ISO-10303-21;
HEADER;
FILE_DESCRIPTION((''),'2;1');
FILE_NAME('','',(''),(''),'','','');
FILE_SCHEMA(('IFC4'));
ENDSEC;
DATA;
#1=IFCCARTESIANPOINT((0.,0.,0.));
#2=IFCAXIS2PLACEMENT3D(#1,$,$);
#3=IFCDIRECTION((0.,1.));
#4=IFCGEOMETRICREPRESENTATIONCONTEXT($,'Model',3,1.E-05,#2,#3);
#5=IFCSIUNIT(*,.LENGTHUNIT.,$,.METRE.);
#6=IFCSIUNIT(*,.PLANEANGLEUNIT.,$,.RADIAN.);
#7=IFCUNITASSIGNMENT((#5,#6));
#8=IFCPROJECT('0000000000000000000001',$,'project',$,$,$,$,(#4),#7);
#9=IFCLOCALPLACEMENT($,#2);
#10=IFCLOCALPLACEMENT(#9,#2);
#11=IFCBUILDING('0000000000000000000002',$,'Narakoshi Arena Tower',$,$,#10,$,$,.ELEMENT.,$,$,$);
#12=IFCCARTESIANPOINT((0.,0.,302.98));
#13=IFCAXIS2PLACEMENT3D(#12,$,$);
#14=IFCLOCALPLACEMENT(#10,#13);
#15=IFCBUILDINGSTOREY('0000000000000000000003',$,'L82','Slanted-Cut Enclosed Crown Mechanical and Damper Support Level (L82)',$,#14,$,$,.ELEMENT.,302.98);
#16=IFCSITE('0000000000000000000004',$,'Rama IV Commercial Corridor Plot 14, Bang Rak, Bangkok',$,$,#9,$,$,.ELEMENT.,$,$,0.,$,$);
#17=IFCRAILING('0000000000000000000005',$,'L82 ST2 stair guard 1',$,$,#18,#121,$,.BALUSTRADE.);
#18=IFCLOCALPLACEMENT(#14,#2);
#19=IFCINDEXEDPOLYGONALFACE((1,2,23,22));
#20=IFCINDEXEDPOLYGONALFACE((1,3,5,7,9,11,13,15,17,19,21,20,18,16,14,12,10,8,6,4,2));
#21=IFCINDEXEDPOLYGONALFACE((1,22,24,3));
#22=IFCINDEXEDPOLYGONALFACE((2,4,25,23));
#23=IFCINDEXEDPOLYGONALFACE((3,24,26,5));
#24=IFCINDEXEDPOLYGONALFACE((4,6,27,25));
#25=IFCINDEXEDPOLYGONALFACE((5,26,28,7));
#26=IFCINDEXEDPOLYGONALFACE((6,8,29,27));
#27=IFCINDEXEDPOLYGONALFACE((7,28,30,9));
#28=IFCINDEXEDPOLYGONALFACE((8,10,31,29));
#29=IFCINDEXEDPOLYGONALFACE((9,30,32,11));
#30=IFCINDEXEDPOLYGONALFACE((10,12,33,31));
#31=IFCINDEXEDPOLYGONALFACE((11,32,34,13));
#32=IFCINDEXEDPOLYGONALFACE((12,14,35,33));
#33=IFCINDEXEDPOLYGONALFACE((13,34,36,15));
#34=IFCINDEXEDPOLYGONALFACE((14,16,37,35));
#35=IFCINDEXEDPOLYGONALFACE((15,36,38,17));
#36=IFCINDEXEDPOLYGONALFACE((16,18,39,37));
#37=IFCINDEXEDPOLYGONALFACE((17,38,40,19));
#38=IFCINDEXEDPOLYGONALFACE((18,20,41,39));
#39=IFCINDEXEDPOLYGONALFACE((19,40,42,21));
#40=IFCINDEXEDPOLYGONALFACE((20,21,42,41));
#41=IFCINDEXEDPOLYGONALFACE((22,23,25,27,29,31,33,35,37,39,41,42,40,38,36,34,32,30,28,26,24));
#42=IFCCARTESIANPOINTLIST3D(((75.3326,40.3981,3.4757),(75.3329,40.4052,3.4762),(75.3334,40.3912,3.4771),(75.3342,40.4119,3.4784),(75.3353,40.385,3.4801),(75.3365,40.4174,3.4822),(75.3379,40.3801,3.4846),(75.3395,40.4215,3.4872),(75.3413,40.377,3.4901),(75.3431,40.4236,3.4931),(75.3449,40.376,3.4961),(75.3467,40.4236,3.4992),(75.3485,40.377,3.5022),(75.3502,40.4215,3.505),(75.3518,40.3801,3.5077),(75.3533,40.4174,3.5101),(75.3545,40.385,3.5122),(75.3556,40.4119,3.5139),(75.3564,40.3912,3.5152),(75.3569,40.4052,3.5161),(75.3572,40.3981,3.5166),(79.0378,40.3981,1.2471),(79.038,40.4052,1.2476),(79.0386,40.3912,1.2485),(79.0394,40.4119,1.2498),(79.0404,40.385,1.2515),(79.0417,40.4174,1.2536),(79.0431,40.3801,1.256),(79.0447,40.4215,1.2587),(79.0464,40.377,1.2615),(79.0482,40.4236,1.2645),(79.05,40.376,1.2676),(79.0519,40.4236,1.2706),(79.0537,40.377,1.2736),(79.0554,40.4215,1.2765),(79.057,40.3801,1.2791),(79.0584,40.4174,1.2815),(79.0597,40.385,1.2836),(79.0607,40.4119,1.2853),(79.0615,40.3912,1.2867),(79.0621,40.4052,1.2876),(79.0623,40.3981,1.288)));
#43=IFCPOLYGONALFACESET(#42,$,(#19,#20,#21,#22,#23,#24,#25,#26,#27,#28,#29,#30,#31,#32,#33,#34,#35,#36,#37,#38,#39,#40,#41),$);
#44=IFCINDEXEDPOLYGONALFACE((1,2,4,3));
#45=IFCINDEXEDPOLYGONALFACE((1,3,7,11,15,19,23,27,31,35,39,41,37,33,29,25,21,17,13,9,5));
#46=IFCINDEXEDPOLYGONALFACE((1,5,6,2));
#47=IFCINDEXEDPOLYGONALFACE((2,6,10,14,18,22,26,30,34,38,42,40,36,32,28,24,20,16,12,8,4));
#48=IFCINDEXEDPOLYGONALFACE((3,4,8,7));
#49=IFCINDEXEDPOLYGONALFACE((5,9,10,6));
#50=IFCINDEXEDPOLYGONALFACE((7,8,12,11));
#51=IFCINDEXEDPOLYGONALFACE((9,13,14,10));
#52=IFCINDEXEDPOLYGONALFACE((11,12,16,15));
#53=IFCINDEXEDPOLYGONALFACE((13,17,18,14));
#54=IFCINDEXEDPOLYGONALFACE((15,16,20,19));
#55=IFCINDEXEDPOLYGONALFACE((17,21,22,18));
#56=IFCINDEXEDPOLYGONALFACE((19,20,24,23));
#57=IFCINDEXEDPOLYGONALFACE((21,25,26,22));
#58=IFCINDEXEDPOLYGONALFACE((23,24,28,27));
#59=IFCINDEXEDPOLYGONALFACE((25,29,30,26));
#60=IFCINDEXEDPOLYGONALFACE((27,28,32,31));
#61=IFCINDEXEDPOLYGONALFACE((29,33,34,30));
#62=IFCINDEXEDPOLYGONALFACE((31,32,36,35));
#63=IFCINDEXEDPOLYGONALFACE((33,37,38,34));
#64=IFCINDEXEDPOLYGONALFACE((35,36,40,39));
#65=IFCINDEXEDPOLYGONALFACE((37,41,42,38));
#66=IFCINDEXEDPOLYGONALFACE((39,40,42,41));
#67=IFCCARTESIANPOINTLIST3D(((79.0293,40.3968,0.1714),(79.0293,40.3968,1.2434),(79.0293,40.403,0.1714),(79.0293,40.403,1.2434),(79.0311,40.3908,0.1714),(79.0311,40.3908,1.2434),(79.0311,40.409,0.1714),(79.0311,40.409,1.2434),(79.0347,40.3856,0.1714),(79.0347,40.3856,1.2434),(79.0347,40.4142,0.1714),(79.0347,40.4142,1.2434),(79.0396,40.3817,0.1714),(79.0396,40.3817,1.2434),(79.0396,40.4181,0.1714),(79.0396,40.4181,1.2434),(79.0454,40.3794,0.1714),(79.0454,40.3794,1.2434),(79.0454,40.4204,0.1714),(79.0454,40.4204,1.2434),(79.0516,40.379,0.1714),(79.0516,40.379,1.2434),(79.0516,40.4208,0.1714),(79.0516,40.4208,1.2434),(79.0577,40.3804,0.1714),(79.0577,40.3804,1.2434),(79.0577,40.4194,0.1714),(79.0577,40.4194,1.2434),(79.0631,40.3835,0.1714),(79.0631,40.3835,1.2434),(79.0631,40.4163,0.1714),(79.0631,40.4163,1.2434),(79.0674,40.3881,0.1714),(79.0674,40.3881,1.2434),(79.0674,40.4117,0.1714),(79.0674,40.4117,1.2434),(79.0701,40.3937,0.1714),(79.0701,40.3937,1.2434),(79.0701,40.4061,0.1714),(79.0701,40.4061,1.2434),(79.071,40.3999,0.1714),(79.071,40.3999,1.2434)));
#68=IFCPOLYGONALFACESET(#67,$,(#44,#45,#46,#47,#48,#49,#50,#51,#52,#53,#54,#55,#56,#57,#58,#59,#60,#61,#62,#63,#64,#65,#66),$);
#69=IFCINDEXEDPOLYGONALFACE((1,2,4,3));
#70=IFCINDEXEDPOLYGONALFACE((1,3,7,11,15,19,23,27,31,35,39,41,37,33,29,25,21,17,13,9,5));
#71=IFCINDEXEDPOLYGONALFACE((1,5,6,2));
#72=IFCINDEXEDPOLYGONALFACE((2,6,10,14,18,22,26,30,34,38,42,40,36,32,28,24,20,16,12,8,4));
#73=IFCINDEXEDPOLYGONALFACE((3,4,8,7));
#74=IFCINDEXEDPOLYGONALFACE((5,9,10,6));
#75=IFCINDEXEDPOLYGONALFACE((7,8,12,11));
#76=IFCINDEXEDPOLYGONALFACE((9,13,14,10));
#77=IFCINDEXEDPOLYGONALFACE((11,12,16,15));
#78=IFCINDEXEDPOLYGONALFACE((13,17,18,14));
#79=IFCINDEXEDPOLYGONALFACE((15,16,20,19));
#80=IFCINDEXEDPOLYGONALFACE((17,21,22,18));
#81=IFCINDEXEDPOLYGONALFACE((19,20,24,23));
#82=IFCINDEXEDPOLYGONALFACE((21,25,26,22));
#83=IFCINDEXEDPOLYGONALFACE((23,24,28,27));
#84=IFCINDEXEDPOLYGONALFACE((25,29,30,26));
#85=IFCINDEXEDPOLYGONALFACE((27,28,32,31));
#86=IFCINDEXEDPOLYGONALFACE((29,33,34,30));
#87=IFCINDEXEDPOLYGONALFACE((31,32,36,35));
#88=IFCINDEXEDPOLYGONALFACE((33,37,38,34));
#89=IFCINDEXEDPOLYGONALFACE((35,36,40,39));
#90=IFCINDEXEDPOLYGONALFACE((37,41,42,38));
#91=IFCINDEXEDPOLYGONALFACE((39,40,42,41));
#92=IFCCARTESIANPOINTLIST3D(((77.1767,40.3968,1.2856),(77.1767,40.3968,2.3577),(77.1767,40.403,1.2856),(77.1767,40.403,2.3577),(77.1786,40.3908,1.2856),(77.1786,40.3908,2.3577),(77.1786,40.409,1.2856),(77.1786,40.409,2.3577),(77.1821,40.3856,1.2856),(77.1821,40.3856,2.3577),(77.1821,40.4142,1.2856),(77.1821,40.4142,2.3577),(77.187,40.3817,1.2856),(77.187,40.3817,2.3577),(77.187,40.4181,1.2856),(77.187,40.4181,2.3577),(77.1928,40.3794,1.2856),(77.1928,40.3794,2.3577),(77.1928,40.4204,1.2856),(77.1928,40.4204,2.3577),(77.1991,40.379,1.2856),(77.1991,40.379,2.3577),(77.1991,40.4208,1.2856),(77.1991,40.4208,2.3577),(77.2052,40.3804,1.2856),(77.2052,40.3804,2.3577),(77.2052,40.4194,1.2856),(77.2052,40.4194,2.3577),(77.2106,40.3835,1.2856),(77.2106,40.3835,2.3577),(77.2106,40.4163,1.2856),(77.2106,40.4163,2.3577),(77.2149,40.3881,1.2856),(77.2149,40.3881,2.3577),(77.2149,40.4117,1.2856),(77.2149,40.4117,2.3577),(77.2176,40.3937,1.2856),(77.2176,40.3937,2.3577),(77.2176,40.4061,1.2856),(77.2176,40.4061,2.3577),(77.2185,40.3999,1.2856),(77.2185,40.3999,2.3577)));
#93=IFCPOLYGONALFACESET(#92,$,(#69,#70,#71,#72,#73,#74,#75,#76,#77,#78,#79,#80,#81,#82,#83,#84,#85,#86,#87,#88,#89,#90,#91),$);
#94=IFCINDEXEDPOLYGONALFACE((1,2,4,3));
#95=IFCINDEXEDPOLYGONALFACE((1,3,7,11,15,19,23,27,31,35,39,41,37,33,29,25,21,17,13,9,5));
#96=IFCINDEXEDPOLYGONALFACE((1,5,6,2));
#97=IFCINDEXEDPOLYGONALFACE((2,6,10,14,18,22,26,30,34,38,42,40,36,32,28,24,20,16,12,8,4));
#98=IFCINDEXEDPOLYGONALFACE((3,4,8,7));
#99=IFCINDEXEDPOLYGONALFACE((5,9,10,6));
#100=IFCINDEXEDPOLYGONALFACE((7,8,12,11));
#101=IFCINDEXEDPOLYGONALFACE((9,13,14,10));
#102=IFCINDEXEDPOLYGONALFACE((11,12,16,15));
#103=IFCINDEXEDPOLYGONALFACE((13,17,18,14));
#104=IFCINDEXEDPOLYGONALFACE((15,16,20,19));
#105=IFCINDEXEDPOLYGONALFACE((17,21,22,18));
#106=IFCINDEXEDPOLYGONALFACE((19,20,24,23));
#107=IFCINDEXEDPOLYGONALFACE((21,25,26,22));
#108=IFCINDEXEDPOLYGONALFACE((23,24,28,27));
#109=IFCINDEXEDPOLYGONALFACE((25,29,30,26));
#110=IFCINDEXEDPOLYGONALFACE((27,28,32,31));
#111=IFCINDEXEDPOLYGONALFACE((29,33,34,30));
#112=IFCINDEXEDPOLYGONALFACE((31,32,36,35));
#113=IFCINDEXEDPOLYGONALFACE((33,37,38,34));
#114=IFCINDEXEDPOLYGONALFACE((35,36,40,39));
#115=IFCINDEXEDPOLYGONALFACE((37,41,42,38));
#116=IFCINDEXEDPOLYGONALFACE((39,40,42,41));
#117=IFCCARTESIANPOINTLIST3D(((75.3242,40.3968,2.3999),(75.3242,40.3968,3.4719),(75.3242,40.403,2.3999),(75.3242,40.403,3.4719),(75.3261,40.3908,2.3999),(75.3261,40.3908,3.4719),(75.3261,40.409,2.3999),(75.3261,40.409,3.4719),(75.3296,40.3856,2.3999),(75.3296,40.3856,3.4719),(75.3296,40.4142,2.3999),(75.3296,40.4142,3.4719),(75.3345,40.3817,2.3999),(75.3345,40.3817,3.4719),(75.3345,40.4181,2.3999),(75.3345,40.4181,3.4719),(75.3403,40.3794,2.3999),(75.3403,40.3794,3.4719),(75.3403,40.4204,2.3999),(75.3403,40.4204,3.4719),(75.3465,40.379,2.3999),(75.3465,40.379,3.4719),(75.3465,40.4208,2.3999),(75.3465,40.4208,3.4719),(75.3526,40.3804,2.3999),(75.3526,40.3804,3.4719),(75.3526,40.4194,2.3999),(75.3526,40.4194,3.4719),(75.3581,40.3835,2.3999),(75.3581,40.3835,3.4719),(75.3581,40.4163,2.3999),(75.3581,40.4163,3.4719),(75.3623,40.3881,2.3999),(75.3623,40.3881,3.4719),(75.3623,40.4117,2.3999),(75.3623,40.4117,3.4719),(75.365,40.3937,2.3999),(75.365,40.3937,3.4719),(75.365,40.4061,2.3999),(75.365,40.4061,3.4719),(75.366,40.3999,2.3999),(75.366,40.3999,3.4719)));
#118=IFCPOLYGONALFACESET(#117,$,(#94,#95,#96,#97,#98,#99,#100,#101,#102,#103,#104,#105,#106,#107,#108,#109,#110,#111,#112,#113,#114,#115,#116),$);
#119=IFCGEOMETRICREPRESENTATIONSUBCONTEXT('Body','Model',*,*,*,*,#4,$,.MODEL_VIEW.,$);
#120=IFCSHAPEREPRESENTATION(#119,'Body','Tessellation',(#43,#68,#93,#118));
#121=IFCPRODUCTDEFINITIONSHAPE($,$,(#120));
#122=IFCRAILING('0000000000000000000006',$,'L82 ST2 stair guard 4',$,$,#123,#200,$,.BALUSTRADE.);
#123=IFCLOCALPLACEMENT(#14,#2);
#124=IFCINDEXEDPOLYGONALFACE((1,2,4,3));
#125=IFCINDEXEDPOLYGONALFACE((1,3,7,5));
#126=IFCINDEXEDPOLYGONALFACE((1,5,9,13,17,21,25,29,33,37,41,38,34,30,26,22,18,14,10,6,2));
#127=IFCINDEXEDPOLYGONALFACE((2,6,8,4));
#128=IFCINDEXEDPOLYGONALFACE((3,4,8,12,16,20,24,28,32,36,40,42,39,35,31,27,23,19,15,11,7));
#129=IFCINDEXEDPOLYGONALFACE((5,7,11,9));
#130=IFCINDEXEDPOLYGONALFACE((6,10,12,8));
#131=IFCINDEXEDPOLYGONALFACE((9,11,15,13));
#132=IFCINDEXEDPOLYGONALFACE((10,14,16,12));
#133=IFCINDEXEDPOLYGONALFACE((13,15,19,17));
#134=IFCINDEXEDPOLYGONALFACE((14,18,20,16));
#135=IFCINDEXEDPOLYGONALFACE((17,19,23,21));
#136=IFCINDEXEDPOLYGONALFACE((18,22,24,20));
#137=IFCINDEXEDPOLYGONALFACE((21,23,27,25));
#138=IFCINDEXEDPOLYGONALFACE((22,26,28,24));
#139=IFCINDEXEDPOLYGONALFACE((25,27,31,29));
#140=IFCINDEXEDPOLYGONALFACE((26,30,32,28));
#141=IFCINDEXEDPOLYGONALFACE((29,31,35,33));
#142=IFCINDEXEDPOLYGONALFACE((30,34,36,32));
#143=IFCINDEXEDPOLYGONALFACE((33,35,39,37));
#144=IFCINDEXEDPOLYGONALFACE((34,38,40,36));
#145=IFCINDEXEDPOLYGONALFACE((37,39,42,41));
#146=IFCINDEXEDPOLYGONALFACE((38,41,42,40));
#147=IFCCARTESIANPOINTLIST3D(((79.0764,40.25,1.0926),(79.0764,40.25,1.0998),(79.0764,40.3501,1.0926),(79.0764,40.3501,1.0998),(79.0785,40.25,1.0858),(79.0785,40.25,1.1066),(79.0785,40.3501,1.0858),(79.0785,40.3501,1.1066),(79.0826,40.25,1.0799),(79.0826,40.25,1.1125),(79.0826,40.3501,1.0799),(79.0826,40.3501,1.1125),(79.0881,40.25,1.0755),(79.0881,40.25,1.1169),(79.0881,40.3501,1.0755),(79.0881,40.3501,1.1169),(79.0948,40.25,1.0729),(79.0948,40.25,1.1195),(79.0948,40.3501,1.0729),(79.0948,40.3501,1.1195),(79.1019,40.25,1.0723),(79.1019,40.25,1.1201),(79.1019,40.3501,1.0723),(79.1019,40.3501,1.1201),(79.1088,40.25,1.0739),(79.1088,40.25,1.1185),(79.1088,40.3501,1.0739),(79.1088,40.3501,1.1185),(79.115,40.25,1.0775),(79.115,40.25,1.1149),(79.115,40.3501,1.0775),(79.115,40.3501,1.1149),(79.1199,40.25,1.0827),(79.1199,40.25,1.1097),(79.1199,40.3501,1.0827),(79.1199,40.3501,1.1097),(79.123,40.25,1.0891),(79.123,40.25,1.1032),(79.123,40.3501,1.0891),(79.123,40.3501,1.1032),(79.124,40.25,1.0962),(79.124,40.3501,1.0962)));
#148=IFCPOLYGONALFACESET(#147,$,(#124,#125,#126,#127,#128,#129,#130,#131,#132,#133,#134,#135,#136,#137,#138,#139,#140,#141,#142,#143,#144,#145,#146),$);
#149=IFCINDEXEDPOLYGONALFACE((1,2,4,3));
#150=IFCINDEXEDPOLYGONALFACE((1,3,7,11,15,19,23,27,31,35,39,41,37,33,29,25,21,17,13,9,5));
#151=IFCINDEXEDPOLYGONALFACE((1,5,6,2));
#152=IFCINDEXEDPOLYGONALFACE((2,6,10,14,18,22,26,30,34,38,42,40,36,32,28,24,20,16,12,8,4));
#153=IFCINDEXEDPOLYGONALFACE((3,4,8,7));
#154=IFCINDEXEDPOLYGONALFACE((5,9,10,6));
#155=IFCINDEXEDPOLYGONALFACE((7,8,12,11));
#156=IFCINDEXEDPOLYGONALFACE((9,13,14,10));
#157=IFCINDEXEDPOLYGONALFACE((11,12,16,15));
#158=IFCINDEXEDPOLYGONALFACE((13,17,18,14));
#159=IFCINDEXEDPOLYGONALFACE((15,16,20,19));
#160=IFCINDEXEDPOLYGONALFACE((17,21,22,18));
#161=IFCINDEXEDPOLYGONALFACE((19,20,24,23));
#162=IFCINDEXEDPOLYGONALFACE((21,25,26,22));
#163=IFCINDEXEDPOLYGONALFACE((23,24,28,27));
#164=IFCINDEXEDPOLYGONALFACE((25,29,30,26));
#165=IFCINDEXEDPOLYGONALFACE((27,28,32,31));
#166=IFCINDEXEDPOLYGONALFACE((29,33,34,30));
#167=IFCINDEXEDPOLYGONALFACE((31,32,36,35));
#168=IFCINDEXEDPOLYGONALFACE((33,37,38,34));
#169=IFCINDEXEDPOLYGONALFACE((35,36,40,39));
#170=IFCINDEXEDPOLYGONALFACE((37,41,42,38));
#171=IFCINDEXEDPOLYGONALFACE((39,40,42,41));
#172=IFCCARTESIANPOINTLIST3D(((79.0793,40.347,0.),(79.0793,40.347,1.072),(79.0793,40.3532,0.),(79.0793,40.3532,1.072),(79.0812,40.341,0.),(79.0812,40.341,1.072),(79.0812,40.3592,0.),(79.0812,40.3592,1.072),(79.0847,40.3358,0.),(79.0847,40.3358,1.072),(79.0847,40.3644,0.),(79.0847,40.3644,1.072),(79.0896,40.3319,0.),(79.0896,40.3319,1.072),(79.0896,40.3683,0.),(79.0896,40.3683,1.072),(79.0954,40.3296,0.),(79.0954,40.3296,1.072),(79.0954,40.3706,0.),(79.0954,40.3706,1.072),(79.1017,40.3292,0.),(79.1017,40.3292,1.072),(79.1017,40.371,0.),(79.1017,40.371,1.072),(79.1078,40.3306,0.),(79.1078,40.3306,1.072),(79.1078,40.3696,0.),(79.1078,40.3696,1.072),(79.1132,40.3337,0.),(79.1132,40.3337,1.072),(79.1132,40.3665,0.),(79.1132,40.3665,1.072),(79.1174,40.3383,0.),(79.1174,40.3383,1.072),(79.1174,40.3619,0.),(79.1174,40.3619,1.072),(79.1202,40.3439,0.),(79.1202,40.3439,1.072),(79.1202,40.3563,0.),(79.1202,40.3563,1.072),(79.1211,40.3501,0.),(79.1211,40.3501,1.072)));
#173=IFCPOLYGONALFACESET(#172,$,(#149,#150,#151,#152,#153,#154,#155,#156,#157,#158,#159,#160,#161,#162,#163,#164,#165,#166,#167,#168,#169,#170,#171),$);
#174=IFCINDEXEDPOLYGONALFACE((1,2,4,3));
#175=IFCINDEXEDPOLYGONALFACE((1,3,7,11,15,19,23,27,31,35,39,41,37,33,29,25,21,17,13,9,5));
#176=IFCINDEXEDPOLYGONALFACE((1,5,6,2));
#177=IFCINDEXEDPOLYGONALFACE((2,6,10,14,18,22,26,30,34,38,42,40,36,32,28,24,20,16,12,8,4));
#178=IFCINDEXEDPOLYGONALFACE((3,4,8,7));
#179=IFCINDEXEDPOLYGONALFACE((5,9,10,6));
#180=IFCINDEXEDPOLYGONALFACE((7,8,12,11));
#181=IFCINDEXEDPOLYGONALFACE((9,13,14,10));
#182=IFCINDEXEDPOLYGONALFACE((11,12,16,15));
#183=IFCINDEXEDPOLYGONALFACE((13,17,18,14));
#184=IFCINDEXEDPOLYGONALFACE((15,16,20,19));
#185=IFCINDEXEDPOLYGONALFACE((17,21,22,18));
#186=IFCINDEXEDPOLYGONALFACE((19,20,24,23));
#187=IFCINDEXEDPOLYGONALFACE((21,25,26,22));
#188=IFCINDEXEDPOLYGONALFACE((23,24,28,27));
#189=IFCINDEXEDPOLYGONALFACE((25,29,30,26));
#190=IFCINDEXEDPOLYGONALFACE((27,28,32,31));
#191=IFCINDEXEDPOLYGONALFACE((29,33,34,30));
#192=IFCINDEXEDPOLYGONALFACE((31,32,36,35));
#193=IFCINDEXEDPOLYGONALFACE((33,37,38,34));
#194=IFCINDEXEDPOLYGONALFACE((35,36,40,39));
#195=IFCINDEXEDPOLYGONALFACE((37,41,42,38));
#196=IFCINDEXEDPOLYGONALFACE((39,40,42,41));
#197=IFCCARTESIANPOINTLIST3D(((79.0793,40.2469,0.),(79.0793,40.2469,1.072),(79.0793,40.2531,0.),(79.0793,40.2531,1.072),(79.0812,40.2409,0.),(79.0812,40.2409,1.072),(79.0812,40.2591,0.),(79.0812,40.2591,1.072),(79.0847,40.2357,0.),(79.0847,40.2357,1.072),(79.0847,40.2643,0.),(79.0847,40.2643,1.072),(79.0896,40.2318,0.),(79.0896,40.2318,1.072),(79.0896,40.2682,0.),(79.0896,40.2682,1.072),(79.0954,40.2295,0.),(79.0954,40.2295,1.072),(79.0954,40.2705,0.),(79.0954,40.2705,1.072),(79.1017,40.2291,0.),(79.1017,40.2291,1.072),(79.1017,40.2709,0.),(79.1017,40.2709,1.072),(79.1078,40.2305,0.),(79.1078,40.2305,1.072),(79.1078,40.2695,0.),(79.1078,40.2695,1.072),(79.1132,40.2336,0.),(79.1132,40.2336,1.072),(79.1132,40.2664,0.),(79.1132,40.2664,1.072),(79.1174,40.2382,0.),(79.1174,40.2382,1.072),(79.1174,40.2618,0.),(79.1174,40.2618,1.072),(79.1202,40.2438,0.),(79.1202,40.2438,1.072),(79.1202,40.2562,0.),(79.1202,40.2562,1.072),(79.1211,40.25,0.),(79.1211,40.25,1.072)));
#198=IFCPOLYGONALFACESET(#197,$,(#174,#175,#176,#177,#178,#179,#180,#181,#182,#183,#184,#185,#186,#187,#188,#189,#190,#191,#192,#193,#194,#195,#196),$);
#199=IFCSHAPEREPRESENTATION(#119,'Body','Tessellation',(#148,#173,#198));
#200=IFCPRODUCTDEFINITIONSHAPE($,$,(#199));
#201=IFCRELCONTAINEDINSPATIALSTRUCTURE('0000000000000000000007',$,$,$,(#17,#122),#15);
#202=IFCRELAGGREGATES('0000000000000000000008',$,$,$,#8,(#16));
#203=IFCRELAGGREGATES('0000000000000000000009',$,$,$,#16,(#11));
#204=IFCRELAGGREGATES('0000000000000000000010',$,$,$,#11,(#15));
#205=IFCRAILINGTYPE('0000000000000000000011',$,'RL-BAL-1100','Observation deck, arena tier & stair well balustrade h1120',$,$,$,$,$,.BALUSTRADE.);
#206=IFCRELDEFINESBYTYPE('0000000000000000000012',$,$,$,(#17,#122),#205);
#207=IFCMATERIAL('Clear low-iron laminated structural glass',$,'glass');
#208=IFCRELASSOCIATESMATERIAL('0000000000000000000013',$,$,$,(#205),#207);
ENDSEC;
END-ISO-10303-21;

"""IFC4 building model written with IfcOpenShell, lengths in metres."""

from ifc_helpers import new_model, si_unit, direction, frame, origin, origin_2d, place, context, subcontext, project, spatial, circle, extrude, material, type_object, element, save


model = new_model("IFC4")

# Units and contexts
model_context = context("Model", 3, precision=1e-05, world=origin(), true_north=direction((0.0, 1.0)))
body_context = subcontext(model_context, "Body", "Model", "MODEL_VIEW")
ifc_project = project(units=[si_unit("LENGTHUNIT", "METRE"), si_unit("PLANEANGLEUNIT", "RADIAN")], contexts=[model_context])

# Site, building, storey
site_placement = place(None, origin())
site = spatial("IfcSite", under=ifc_project, at=site_placement, Name="Rama IV Commercial Corridor Plot 14, Bang Rak, Bangkok", CompositionType="ELEMENT", RefElevation=0.0)
building_placement = place(site_placement, origin())
building = spatial("IfcBuilding", under=site, at=building_placement, Name="Narakoshi Arena Tower", CompositionType="ELEMENT")
storey_placement = place(building_placement, frame((0.0, 0.0, 302.98)))
storey = spatial("IfcBuildingStorey", under=building, at=storey_placement, Name="L82", Description="Slanted-Cut Enclosed Crown Mechanical and Damper Support Level (L82)", CompositionType="ELEMENT", Elevation=302.98)

# Railings
ifc_material_1 = material(Name="Clear low-iron laminated structural glass", Category="glass")
railing_type_1 = type_object("IfcRailingType", Name="RL-BAL-1100", Description="Observation deck, arena tier & stair well balustrade h1120", PredefinedType="BALUSTRADE", material=ifc_material_1)
railing_1_placement = place(storey_placement, frame((79.05, 40.3999, 0.1714)))
element("IfcRailing", 1, at=railing_1_placement, inside=storey, type_object=railing_type_1, Name="L82 ST2 stair guard 1", PredefinedType="BALUSTRADE", context=body_context, shape_type="SweptSolid", body=[
    extrude(circle(Radius=0.0239, at=origin_2d()), frame((0.0, 0.0, 1.0962), z_axis=(-0.856934, 0.0, 0.515425), x_axis=(0.0, -1.0, 0.0)), (0.0, 0.0, 1.0), 4.3237),
    extrude(circle(Radius=0.021, at=origin_2d()), origin(), (0.0, 0.0, 1.0), 1.072),
    extrude(circle(Radius=0.021, at=origin_2d()), frame((-1.8525, 0.0, 1.1143)), (0.0, 0.0, 1.0), 1.072),
    extrude(circle(Radius=0.021, at=origin_2d()), frame((-3.7051, 0.0, 2.2285)), (0.0, 0.0, 1.0), 1.072),
])
railing_2_placement = place(storey_placement, frame((79.1001, 40.3501, 0.0)))
element("IfcRailing", 2, at=railing_2_placement, inside=storey, type_object=railing_type_1, Name="L82 ST2 stair guard 4", PredefinedType="BALUSTRADE", context=body_context, shape_type="SweptSolid", body=[
    extrude(circle(Radius=0.0239, at=origin_2d()), frame((0.0, 0.0, 1.0962), z_axis=(0.0, -1.0, 0.0), x_axis=(1.0, 0.0, 0.0)), (0.0, 0.0, 1.0), 0.1001),
    extrude(circle(Radius=0.021, at=origin_2d()), origin(), (0.0, 0.0, 1.0), 1.072),
    extrude(circle(Radius=0.021, at=origin_2d()), frame((0.0, -0.1001, 0.0)), (0.0, 0.0, 1.0), 1.072),
])

save(model, "model.ifc")
